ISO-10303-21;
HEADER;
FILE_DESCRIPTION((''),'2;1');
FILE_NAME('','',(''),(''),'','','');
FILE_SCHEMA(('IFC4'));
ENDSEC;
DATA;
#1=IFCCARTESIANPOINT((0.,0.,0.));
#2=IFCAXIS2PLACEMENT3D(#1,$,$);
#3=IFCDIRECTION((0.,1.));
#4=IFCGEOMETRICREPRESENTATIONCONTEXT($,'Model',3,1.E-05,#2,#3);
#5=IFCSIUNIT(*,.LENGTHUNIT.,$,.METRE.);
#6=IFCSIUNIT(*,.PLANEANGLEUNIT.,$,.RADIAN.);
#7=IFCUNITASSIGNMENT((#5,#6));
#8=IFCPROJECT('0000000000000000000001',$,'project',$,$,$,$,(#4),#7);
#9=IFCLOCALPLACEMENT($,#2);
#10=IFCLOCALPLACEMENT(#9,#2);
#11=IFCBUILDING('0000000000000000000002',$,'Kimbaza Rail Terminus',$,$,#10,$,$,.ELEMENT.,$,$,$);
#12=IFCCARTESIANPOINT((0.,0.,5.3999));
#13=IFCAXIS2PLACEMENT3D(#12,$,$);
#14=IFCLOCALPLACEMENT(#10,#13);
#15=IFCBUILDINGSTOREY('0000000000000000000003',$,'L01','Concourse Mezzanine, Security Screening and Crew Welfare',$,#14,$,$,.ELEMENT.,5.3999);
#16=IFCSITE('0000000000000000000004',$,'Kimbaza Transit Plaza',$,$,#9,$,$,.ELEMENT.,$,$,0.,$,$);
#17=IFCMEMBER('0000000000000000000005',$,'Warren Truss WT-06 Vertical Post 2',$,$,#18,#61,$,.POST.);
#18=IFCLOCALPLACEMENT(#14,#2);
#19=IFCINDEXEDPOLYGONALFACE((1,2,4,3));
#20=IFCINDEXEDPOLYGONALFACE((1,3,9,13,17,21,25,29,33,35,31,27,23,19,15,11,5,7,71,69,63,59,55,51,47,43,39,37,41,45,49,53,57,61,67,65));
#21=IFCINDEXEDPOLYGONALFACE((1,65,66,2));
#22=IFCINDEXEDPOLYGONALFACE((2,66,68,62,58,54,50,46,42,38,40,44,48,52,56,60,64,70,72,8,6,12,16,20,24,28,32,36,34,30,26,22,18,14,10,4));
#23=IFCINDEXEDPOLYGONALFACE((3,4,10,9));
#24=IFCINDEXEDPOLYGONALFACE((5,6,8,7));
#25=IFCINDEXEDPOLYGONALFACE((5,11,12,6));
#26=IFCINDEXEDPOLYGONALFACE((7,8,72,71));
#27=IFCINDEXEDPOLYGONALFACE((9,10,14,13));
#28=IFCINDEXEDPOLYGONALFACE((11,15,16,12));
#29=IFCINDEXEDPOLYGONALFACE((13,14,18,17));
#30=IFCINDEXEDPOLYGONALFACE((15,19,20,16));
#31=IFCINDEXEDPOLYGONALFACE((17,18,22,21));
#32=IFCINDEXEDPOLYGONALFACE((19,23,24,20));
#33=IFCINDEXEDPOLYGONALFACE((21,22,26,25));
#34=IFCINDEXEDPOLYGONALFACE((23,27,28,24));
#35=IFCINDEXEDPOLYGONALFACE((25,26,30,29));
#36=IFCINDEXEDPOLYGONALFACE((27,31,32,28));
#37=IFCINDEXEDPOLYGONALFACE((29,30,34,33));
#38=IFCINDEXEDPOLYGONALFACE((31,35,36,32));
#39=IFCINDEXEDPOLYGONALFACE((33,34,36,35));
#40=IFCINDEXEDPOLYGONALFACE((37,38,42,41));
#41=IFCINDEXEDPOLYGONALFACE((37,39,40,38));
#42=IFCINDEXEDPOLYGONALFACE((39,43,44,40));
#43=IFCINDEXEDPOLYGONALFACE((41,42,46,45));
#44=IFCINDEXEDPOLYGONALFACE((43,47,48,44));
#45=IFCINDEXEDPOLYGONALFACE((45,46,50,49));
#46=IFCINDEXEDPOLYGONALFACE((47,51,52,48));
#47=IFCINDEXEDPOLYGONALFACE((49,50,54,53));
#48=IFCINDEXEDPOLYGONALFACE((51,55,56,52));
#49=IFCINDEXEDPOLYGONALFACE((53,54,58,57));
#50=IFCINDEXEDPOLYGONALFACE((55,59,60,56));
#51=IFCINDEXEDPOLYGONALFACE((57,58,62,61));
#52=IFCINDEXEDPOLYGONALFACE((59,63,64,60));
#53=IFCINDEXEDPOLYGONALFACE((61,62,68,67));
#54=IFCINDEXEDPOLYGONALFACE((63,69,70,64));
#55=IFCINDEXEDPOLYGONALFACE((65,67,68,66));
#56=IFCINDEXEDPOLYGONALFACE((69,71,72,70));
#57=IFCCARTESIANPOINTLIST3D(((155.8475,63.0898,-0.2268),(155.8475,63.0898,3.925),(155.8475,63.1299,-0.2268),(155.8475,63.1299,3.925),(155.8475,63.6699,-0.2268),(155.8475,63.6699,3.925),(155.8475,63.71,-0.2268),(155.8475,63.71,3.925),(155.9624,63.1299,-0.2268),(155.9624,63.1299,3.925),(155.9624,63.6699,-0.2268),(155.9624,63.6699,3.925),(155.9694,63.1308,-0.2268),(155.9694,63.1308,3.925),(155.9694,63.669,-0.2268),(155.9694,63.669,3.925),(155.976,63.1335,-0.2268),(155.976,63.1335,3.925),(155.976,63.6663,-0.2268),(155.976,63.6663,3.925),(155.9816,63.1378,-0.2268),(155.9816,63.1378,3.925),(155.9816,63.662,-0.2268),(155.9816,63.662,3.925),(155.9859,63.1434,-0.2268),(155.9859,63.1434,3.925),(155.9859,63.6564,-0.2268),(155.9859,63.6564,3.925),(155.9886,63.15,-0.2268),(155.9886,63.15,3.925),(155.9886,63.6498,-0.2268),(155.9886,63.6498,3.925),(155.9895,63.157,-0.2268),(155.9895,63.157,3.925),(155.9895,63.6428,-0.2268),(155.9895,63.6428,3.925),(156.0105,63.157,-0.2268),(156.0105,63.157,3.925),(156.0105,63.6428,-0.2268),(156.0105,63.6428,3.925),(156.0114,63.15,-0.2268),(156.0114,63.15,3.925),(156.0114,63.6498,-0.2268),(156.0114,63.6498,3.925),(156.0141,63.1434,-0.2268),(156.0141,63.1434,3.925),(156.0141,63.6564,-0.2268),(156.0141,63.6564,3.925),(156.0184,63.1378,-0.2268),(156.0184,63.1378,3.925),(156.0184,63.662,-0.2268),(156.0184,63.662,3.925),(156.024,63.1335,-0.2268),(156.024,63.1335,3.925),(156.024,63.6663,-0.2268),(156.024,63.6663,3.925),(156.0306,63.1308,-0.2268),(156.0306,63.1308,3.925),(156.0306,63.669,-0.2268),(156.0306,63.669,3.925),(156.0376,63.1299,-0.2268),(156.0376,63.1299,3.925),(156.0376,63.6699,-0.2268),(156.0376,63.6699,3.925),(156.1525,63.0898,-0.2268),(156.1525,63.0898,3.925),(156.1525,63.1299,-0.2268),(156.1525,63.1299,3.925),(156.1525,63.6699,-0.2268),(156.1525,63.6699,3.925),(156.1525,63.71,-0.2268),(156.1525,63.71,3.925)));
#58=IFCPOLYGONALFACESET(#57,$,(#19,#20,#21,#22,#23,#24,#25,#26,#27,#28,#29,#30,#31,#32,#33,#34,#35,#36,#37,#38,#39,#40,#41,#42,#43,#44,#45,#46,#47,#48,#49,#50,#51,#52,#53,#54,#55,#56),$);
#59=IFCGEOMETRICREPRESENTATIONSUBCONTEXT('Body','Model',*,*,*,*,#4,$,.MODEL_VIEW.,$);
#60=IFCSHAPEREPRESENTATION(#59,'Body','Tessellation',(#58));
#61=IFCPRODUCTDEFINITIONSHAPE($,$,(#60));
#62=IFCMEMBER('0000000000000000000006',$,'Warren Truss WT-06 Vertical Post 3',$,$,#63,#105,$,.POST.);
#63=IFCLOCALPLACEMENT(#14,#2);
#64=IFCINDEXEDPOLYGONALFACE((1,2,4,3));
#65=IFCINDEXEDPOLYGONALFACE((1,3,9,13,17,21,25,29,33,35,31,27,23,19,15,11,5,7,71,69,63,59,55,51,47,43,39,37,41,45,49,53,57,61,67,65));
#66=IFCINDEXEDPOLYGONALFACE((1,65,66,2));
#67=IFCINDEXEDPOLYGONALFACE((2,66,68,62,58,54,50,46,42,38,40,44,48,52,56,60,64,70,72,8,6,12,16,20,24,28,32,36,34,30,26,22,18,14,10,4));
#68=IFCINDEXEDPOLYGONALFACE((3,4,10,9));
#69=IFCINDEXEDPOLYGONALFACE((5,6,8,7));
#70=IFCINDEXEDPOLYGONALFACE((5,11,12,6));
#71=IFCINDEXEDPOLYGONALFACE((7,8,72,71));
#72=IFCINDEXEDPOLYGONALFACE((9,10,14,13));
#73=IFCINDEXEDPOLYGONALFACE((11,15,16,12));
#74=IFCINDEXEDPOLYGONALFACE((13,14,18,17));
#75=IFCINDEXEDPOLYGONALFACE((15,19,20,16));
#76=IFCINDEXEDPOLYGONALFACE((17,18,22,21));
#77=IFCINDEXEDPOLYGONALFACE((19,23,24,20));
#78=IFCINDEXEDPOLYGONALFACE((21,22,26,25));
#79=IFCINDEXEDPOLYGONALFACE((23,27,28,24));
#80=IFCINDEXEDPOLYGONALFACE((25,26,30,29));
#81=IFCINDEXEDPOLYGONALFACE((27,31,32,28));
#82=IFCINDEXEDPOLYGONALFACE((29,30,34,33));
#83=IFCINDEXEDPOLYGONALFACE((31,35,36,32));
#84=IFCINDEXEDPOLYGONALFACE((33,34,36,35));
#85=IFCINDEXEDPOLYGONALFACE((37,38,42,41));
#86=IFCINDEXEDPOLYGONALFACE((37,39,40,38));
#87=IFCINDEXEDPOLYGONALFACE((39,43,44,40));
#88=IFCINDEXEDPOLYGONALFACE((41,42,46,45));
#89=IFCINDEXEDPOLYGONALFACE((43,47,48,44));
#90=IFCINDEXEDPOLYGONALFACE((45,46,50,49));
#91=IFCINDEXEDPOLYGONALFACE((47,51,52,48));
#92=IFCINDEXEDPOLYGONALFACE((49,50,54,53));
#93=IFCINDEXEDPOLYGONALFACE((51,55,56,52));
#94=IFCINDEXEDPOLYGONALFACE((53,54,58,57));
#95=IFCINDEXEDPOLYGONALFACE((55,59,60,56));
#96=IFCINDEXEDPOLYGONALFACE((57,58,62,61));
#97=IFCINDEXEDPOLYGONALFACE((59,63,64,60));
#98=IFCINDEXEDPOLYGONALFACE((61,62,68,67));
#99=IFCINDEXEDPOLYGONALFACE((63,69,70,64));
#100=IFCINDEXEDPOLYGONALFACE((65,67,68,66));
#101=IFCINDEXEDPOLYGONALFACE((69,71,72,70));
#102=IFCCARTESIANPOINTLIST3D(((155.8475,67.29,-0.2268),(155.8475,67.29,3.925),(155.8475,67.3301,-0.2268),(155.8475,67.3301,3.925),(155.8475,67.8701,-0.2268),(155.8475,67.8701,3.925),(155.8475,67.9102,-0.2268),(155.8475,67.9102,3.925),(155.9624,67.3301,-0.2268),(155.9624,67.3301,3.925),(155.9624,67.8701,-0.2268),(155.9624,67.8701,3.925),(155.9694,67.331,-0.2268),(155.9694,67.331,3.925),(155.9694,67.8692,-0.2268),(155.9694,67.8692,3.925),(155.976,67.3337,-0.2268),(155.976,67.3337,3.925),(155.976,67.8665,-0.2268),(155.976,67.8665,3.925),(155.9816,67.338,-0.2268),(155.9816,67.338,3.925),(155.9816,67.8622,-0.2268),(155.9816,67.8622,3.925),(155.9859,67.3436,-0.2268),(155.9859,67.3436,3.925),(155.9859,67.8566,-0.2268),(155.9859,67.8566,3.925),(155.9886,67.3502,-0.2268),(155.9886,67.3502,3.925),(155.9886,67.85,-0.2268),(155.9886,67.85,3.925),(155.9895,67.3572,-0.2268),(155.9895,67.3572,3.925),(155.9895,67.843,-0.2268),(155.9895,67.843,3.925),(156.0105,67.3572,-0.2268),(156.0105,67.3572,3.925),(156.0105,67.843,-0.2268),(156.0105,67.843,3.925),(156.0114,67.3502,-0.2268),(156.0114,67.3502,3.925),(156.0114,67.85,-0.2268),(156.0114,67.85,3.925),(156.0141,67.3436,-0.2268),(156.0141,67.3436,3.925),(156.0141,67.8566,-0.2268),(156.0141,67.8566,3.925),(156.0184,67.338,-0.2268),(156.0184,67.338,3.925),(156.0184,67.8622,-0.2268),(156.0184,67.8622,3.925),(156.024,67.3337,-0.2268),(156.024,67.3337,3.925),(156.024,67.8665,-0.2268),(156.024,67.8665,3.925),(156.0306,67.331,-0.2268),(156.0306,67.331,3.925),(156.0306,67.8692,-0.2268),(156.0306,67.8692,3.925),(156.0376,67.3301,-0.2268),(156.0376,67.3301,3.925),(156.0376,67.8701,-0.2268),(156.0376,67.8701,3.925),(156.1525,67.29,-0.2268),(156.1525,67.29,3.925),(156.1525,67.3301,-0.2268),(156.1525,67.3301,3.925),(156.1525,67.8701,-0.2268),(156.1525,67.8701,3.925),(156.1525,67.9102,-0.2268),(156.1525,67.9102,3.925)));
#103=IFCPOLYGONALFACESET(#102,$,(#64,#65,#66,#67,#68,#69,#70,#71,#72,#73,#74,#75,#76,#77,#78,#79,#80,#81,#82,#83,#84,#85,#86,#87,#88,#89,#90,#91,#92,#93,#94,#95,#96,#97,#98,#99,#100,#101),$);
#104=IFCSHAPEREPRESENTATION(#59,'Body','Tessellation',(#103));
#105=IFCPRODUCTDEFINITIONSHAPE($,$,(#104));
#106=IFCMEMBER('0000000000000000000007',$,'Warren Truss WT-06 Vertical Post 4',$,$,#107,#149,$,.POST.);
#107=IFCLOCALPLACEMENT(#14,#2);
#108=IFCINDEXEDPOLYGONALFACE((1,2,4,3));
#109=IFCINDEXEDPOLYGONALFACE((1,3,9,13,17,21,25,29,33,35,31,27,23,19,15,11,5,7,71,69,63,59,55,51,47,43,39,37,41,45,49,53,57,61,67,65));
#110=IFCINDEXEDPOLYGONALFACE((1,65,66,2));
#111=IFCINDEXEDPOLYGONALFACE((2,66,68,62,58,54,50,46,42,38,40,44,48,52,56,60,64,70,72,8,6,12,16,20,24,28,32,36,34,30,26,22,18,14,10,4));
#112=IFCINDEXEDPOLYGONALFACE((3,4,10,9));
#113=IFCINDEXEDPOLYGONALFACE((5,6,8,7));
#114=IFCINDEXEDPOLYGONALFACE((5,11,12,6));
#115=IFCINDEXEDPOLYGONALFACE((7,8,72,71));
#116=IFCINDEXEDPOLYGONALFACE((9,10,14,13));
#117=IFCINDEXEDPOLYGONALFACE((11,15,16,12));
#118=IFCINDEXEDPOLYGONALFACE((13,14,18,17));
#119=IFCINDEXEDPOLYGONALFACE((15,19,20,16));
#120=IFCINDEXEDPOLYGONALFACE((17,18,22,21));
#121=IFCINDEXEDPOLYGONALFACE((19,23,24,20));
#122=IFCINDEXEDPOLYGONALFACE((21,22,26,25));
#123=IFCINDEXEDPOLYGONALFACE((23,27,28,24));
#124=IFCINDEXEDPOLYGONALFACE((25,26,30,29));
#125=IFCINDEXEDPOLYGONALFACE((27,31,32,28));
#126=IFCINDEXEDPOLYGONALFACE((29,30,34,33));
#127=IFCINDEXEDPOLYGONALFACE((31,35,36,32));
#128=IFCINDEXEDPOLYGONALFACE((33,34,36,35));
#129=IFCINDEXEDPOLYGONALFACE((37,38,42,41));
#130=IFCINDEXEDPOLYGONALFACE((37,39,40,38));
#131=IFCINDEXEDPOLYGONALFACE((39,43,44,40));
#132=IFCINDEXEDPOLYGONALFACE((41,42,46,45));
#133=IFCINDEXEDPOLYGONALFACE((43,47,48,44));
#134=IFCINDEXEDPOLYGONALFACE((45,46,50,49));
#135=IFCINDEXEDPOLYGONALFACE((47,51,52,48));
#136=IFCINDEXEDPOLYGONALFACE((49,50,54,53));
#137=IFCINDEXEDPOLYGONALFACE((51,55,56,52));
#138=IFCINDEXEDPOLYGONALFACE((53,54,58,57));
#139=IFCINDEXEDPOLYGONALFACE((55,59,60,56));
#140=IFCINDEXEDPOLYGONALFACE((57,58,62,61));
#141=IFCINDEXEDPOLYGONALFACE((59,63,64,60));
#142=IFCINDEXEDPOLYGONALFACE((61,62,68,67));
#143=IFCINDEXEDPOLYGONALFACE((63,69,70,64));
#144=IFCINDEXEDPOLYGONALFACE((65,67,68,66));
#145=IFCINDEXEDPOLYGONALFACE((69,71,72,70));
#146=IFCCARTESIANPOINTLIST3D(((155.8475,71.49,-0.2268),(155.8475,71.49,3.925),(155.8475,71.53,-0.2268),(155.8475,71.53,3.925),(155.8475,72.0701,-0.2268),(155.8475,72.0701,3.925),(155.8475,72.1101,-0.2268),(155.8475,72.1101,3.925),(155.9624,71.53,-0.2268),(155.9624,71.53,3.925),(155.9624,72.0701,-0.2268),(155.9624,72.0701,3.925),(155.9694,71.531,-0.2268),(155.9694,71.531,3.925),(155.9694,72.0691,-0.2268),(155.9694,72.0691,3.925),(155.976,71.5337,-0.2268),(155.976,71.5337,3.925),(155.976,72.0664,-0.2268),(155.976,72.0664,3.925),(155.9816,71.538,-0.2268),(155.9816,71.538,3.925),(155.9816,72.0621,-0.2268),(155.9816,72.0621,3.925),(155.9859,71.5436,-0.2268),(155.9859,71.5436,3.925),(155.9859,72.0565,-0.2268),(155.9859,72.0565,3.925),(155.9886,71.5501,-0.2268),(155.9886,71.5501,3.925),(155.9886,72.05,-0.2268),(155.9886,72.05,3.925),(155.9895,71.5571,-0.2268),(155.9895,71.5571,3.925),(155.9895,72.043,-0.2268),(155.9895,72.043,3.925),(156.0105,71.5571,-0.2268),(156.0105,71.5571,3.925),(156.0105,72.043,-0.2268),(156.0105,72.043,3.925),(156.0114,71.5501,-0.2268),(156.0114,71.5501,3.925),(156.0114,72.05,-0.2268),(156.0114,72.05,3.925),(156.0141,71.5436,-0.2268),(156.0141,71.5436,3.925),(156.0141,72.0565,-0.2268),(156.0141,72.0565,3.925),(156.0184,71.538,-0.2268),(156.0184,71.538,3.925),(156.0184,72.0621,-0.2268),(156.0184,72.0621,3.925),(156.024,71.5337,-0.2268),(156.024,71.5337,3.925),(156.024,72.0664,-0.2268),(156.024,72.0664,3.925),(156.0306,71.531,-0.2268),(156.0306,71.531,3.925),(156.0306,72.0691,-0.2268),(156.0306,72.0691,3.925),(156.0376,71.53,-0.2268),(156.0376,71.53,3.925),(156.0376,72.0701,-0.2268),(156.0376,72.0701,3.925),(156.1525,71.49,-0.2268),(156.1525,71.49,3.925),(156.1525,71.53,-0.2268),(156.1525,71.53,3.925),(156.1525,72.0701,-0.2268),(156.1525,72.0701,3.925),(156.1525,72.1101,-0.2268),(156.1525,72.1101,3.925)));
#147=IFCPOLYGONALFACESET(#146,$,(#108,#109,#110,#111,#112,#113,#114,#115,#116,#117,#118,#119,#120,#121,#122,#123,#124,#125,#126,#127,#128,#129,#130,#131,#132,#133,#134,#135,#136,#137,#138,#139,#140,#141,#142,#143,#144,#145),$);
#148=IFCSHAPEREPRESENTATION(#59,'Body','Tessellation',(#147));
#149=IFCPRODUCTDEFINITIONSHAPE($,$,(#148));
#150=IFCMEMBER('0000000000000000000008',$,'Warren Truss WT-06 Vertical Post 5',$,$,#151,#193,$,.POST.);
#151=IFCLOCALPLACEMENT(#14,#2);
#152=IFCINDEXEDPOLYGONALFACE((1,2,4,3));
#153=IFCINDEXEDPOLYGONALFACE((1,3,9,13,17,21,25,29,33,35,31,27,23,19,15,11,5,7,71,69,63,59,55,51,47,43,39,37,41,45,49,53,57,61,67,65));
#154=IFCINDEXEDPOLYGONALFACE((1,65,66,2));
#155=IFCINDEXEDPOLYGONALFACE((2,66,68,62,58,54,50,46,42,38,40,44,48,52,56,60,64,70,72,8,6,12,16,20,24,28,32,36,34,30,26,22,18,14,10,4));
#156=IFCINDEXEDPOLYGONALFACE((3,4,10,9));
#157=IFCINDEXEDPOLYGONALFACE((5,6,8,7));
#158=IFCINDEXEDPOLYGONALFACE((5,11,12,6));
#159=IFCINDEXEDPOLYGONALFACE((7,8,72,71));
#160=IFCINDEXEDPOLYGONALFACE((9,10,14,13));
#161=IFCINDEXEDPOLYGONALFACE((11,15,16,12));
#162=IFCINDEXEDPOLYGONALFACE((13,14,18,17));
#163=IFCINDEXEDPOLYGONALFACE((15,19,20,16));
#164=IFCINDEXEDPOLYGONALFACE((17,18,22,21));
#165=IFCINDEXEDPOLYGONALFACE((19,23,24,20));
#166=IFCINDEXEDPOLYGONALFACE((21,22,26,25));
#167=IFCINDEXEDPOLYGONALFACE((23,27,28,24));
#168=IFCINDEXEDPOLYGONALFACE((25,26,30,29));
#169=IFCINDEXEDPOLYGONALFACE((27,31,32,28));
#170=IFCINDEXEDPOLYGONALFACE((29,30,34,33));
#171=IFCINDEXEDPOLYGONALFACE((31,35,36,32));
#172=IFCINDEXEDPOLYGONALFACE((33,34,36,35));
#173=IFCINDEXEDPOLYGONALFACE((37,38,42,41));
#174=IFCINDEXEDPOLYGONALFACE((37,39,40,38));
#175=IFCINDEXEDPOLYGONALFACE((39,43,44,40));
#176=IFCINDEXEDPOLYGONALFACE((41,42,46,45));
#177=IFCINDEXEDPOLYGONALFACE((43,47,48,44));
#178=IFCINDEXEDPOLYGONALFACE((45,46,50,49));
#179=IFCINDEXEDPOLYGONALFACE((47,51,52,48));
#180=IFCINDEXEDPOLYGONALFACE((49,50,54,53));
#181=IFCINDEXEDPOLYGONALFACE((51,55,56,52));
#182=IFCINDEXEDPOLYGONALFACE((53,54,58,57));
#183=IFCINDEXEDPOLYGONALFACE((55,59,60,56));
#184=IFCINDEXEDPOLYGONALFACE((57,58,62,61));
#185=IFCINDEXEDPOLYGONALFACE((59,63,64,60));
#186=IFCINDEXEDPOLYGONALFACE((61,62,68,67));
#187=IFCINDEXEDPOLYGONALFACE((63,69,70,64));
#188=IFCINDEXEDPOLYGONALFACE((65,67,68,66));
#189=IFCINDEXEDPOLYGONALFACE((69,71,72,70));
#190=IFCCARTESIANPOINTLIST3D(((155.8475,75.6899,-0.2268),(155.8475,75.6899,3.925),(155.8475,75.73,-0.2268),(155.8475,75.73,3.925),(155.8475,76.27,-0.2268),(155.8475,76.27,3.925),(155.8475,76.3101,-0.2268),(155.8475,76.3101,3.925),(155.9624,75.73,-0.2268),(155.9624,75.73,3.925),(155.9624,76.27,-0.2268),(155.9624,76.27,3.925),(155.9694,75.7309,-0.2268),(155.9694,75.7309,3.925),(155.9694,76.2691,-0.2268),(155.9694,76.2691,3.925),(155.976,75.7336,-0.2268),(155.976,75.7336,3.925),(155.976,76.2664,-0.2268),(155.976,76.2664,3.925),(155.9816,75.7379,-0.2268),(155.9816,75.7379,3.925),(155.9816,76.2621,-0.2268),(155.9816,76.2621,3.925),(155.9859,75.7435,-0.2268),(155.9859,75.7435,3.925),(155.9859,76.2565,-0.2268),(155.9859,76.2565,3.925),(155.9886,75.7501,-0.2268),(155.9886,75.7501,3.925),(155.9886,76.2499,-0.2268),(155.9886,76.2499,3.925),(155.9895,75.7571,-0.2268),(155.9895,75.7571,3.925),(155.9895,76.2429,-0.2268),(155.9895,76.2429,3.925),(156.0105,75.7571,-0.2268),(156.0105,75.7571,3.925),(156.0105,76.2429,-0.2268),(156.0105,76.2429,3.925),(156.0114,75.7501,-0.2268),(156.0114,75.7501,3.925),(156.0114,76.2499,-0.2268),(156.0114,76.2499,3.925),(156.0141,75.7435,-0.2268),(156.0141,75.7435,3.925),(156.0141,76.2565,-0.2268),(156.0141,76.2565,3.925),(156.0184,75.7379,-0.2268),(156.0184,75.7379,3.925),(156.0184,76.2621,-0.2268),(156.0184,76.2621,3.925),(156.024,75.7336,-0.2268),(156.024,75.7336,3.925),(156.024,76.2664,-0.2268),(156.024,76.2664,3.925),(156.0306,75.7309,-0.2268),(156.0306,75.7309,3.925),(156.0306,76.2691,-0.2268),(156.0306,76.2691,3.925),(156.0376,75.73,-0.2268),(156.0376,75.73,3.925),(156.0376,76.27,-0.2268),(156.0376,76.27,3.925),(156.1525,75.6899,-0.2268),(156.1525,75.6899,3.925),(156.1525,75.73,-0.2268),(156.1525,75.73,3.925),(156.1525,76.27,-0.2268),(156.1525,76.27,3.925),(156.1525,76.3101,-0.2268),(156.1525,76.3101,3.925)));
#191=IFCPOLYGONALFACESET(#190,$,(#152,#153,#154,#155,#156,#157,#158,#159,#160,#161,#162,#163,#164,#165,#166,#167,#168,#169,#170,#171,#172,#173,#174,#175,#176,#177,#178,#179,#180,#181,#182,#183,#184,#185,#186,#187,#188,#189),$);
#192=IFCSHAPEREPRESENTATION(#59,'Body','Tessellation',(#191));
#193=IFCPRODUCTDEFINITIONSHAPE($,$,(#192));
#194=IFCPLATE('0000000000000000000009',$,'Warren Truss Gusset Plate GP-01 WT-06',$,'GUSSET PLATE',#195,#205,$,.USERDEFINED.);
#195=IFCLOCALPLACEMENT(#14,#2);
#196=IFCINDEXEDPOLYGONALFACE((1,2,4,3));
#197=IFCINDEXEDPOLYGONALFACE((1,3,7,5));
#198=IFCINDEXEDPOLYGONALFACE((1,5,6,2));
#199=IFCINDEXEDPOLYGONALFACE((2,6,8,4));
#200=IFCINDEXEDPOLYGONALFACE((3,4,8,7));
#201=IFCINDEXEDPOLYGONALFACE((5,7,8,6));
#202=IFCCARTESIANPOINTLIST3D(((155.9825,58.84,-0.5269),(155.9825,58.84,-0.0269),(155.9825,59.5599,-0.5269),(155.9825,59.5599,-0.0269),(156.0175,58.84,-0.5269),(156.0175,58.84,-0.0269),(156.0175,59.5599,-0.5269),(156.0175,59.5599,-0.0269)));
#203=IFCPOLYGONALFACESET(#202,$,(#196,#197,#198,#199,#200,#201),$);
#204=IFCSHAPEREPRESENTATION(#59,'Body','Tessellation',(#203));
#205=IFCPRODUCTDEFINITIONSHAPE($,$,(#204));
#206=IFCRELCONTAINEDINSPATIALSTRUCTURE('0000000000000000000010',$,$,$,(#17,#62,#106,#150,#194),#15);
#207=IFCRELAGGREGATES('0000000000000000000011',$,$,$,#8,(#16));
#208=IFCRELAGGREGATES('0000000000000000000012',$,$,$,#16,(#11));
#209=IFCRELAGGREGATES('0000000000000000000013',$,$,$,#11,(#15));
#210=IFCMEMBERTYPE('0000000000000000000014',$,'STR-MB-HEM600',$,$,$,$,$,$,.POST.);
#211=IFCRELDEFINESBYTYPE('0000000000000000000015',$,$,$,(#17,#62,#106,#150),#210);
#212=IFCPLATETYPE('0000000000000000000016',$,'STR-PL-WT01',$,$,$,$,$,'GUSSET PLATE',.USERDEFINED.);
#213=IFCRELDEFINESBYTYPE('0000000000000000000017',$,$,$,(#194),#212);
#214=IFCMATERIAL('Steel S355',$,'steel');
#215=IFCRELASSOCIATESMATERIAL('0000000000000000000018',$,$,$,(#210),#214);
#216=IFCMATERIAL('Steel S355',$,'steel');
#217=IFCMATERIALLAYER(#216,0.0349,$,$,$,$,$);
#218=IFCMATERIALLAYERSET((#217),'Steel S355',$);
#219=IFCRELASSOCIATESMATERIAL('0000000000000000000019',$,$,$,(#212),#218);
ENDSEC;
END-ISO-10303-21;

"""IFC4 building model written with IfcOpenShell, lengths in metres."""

from ifc_helpers import new_model, si_unit, direction, frame, origin, origin_2d, place, context, subcontext, project, spatial, rectangle, i_section, extrude, material, layer, layer_set, material_profile, profile_set, type_object, element, save


model = new_model("IFC4")

# Units and contexts
model_context = context("Model", 3, precision=1e-05, world=origin(), true_north=direction((0.0, 1.0)))
body_context = subcontext(model_context, "Body", "Model", "MODEL_VIEW")
ifc_project = project(units=[si_unit("LENGTHUNIT", "METRE"), si_unit("PLANEANGLEUNIT", "RADIAN")], contexts=[model_context])

# Site, building, storey
site_placement = place(None, origin())
site = spatial("IfcSite", under=ifc_project, at=site_placement, Name="Kimbaza Transit Plaza", CompositionType="ELEMENT", RefElevation=0.0)
building_placement = place(site_placement, origin())
building = spatial("IfcBuilding", under=site, at=building_placement, Name="Kimbaza Rail Terminus", CompositionType="ELEMENT")
storey_placement = place(building_placement, frame((0.0, 0.0, 5.3999)))
storey = spatial("IfcBuildingStorey", under=building, at=storey_placement, Name="L01", Description="Concourse Mezzanine, Security Screening and Crew Welfare", CompositionType="ELEMENT", Elevation=5.3999)

# Members
ifc_material_1 = material(Name="Steel S355", Category="steel")
ifc_material_profile_1 = material_profile(ifc_material_1, i_section(OverallWidth=0.3049, OverallDepth=0.6201, WebThickness=0.021, FlangeThickness=0.04, FilletRadius=0.0271, at=origin_2d()), Name="HEM 600")
ifc_profile_set_1 = profile_set([ifc_material_profile_1], Name="Steel S355")
member_type_1 = type_object("IfcMemberType", Name="STR-MB-HEM600", PredefinedType="POST", material=ifc_profile_set_1)
for number, where, z_axis, x_axis, name in (
    (1, (156.0, 63.3999, -0.2268), (0.0, 0.0, 1.0), (1.0, 0.0, 0.0), "Warren Truss WT-06 Vertical Post 2"),
    (2, (156.0, 67.6001, -0.2268), (0.0, 0.0, 1.0), (1.0, 0.0, 0.0), "Warren Truss WT-06 Vertical Post 3"),
    (3, (156.0, 71.8, -0.2268), (0.0, 0.0, 1.0), (1.0, 0.0, 0.0), "Warren Truss WT-06 Vertical Post 4"),
    (4, (156.0, 76.0, -0.2268), (0.0, 0.0, 1.0), (1.0, 0.0, 0.0), "Warren Truss WT-06 Vertical Post 5"),
):
    element("IfcMember", number, at=place(storey_placement, frame(where, z_axis=z_axis, x_axis=x_axis)), inside=storey, type_object=member_type_1, Name=name, PredefinedType="POST", context=body_context, shape_type="SweptSolid", body=[
        extrude(i_section(OverallWidth=0.3049, OverallDepth=0.6201, WebThickness=0.021, FlangeThickness=0.04, FilletRadius=0.0271, at=origin_2d()), origin(), (0.0, 0.0, 1.0), 4.1519),
    ])

# Plate
ifc_material_2 = material(Name="Steel S355", Category="steel")
ifc_layer = layer(ifc_material_2, 0.0349)
ifc_layer_set = layer_set([ifc_layer], Name="Steel S355")
plate_type = type_object("IfcPlateType", Name="STR-PL-WT01", ElementType="GUSSET PLATE", PredefinedType="USERDEFINED", material=ifc_layer_set)
for number, where, z_axis, x_axis, name in (
    (5, (156.0, 59.2, -0.5269), (0.0, 0.0, 1.0), (1.0, 0.0, 0.0), "Warren Truss Gusset Plate GP-01 WT-06"),
):
    element("IfcPlate", number, at=place(storey_placement, frame(where, z_axis=z_axis, x_axis=x_axis)), inside=storey, type_object=plate_type, Name=name, ObjectType="GUSSET PLATE", PredefinedType="USERDEFINED", context=body_context, shape_type="SweptSolid", body=[
        extrude(rectangle(XDim=0.0349, YDim=0.72, at=origin_2d()), origin(), (0.0, 0.0, 1.0), 0.5),
    ])

save(model, "model.ifc")
